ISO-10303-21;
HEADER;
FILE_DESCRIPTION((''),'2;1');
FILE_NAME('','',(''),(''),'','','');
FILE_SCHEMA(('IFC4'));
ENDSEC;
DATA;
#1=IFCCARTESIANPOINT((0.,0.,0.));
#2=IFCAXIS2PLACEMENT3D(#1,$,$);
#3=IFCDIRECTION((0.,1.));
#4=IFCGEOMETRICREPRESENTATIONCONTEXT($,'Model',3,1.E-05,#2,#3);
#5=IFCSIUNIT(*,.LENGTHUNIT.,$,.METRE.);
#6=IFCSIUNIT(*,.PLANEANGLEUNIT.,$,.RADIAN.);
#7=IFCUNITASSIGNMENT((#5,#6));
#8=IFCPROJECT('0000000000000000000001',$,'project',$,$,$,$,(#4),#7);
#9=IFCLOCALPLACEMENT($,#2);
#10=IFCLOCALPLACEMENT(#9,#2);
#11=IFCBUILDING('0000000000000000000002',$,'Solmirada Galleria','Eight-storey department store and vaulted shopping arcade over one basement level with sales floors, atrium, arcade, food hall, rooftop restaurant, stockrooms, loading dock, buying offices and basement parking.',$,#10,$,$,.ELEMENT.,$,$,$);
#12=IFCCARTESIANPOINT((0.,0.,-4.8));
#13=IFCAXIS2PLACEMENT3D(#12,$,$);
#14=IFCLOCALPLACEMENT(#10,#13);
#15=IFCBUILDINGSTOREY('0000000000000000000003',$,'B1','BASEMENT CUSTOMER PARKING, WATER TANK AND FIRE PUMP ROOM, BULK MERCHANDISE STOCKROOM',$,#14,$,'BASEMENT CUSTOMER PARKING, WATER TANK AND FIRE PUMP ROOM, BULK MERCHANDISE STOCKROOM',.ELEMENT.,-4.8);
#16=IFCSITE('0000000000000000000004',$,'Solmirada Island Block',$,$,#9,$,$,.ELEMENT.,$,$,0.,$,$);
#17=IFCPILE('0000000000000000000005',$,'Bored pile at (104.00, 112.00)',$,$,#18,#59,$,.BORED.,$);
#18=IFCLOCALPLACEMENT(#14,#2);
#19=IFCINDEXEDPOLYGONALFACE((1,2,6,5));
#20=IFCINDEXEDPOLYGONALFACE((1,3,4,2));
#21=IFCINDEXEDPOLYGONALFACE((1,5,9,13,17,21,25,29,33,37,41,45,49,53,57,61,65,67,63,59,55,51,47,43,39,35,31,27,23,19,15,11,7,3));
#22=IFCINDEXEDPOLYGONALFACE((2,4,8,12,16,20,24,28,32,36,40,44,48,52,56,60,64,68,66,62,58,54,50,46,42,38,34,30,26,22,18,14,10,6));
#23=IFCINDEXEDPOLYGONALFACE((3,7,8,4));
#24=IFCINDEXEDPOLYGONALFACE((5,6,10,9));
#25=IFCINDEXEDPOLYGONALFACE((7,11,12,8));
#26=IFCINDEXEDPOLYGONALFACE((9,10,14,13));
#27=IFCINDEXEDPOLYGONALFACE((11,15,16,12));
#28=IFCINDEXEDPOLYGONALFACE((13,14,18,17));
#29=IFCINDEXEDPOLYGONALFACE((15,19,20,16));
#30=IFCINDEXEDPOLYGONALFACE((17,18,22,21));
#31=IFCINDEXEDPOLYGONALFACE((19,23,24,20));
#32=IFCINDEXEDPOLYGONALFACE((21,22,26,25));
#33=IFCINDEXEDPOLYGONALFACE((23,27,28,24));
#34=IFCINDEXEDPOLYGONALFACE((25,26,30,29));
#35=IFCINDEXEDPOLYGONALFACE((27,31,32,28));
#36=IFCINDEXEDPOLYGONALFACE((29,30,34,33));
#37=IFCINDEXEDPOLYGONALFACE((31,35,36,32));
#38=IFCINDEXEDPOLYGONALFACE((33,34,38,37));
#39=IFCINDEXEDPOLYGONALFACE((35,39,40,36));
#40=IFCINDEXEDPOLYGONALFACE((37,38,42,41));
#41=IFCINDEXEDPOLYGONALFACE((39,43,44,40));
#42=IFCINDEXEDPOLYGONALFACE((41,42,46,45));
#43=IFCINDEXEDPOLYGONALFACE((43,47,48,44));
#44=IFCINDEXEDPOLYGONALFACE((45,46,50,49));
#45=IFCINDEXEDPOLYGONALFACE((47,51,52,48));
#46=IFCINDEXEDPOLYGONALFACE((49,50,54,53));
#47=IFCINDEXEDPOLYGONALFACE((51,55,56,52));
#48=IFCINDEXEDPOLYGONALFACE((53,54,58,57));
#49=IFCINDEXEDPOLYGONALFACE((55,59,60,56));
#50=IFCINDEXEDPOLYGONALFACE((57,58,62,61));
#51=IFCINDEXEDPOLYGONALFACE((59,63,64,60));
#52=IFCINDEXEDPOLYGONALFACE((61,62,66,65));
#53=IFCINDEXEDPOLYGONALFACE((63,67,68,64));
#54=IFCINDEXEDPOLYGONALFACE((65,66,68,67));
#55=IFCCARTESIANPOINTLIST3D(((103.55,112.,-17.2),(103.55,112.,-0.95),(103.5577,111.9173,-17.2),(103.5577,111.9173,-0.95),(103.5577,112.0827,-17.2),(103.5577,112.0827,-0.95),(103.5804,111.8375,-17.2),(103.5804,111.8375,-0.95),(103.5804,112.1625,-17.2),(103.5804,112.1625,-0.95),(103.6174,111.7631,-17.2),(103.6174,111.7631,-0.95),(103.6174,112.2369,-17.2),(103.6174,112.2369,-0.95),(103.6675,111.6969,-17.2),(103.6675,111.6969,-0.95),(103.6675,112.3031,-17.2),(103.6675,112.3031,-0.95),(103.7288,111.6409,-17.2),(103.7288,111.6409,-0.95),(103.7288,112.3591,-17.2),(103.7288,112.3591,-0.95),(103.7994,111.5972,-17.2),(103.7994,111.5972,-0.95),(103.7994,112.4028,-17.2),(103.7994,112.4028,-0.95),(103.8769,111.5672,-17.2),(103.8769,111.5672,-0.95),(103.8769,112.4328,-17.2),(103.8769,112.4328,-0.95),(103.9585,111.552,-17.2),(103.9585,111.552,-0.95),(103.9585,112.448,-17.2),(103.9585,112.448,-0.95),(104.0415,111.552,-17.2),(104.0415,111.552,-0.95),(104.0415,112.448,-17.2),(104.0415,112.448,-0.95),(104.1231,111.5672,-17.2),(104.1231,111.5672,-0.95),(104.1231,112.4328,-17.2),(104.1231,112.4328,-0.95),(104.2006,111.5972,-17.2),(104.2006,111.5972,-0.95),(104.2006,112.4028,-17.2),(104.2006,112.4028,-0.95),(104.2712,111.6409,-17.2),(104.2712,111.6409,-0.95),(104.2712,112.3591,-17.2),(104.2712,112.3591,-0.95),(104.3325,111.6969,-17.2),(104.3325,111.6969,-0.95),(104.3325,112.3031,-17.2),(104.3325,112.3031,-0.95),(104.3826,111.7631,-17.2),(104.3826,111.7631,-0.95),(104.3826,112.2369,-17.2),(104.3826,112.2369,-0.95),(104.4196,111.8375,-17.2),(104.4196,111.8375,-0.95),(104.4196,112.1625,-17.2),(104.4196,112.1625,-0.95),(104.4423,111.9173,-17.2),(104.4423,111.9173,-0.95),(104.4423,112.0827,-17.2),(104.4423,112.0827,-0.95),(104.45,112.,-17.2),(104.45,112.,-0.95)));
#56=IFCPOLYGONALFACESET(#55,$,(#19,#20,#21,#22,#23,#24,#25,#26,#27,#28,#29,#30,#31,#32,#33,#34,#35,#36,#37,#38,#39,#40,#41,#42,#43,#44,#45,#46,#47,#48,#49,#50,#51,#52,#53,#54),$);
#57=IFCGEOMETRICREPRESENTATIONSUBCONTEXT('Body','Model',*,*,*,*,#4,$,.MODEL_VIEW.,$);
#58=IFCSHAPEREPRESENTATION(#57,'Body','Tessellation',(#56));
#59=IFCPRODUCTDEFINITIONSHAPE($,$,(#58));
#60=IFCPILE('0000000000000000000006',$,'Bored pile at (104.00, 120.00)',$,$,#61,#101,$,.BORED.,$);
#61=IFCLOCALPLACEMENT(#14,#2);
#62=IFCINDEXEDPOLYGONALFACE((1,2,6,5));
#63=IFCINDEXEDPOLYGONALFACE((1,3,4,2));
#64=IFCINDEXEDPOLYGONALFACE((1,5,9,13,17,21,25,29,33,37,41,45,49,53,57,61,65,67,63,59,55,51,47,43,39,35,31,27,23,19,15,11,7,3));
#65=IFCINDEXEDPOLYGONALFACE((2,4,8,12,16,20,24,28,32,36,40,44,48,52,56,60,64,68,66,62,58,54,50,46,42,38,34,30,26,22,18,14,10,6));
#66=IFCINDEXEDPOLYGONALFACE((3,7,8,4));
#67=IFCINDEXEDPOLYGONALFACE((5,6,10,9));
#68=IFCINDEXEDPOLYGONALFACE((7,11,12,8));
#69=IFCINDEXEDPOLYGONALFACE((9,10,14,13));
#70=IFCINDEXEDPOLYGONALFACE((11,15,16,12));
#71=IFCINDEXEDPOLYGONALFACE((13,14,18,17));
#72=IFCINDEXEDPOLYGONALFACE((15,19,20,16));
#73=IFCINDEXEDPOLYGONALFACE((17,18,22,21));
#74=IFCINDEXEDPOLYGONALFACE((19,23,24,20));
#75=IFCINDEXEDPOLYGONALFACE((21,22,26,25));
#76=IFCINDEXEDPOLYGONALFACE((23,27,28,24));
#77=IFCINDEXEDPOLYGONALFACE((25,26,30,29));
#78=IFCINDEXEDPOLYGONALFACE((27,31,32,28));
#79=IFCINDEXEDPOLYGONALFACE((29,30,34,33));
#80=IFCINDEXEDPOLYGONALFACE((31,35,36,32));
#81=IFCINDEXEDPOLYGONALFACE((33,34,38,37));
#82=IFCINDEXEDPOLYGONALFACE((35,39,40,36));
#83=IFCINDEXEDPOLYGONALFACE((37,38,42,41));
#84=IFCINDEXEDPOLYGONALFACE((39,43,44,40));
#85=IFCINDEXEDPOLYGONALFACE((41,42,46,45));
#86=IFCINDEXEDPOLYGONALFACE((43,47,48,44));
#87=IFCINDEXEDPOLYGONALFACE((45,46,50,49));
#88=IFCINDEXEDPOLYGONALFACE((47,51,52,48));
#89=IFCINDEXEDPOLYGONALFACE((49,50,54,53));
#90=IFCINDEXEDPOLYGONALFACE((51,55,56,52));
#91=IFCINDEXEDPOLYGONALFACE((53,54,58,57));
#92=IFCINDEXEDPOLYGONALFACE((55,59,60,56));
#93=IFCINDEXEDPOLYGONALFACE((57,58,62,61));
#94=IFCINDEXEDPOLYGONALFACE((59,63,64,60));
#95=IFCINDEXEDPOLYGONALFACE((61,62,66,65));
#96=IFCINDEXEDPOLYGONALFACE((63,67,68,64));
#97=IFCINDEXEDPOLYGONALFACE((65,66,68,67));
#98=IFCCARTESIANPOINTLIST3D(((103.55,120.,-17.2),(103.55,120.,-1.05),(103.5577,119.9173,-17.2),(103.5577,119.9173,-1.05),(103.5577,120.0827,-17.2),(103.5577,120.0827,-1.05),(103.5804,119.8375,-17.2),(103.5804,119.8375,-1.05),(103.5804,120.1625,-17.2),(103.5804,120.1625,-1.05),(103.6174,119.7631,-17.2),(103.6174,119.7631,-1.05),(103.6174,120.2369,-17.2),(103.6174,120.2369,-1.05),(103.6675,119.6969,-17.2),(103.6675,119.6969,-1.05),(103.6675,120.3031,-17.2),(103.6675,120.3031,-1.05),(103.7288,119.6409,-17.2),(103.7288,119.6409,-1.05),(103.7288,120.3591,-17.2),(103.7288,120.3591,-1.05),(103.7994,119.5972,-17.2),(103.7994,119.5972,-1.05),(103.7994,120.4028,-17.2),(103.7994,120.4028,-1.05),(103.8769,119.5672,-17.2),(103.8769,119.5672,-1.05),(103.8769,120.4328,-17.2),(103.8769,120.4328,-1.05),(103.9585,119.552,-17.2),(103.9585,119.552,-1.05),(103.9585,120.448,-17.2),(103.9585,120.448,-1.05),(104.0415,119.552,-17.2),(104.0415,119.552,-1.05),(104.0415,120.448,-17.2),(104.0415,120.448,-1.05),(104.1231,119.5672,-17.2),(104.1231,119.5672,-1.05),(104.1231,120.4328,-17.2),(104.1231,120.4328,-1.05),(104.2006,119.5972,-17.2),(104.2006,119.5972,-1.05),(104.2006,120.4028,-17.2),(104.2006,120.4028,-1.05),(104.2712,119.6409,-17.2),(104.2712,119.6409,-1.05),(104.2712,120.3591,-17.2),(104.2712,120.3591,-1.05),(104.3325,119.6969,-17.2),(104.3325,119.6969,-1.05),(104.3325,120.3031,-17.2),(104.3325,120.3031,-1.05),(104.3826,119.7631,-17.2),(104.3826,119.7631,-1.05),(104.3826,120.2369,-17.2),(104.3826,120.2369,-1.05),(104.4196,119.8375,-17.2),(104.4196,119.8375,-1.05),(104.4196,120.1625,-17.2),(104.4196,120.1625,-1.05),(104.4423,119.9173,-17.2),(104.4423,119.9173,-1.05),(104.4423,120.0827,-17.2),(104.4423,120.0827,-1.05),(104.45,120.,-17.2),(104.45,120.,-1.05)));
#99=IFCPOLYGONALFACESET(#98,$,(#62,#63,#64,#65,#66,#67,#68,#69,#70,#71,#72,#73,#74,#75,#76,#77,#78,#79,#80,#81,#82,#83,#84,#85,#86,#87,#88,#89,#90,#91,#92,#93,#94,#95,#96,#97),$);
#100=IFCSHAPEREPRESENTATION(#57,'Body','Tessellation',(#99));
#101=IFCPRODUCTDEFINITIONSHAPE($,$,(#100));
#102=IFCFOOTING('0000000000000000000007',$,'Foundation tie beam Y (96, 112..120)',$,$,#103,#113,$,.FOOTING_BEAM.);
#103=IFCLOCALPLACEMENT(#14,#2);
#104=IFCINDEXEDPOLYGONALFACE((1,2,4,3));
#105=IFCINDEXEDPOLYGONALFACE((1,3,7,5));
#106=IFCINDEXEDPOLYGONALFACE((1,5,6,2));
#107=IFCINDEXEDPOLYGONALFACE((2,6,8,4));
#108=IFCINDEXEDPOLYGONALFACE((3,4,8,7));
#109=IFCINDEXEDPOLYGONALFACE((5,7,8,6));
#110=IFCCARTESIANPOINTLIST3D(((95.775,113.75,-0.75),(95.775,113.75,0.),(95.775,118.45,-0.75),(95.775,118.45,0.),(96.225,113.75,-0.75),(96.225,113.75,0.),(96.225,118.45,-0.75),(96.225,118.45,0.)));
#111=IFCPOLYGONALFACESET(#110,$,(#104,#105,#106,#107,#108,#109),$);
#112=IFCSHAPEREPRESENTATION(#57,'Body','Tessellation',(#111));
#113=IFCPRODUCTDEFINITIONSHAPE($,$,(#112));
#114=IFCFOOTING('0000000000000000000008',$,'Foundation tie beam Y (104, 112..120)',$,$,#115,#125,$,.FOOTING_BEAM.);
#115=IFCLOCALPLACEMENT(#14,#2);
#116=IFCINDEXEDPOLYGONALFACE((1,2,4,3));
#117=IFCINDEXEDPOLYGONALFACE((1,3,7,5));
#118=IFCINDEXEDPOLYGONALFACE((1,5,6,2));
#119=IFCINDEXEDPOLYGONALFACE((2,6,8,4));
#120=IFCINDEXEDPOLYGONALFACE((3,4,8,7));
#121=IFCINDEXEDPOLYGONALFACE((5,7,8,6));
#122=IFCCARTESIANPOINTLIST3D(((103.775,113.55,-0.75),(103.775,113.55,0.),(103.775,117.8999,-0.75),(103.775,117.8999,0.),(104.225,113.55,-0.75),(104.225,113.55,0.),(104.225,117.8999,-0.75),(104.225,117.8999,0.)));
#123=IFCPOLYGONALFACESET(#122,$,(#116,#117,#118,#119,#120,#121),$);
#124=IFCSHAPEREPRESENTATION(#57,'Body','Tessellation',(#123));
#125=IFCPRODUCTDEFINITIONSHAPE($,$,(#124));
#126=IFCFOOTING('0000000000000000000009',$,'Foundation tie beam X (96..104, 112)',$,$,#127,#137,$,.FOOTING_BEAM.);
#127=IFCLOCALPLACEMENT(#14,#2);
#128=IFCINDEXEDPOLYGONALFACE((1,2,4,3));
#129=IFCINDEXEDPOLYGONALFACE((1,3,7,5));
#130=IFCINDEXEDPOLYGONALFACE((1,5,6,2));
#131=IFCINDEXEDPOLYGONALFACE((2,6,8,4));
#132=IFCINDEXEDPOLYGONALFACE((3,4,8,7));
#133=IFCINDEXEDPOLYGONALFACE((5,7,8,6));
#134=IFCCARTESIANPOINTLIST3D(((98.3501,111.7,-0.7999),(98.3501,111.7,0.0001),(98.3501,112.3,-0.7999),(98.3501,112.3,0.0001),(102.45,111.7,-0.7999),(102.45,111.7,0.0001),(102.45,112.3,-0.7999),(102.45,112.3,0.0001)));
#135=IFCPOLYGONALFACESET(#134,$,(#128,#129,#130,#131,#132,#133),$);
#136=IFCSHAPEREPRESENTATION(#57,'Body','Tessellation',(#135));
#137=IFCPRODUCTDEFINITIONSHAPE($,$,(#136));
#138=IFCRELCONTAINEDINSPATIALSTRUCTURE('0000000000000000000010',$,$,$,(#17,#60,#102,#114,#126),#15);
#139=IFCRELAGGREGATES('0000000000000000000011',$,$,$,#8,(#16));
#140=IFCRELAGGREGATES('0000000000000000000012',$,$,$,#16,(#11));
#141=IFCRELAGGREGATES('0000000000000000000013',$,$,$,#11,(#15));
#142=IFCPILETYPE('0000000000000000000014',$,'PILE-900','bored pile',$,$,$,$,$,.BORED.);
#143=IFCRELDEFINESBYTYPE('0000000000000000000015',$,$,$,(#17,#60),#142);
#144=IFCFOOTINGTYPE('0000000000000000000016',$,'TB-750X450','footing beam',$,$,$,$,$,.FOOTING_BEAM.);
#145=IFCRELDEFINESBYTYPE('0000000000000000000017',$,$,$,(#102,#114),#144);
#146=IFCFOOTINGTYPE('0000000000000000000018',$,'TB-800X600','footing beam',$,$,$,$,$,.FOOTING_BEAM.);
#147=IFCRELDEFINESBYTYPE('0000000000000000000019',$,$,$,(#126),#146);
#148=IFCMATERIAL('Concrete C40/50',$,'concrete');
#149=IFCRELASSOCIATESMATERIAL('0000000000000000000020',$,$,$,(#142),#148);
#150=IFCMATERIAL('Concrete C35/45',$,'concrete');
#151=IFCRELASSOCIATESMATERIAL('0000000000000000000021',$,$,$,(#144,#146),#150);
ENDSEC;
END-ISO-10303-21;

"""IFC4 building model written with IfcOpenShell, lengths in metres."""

from ifc_helpers import new_model, si_unit, direction, frame, origin, origin_2d, place, context, subcontext, project, spatial, rectangle, circle, extrude, material, material_profile, profile_set, type_object, element, save


model = new_model("IFC4")

# Units and contexts
model_context = context("Model", 3, precision=1e-05, world=origin(), true_north=direction((0.0, 1.0)))
body_context = subcontext(model_context, "Body", "Model", "MODEL_VIEW")
ifc_project = project(units=[si_unit("LENGTHUNIT", "METRE"), si_unit("PLANEANGLEUNIT", "RADIAN")], contexts=[model_context])

# Site, building, storey
site_placement = place(None, origin())
site = spatial("IfcSite", under=ifc_project, at=site_placement, Name="Solmirada Island Block", CompositionType="ELEMENT", RefElevation=0.0)
building_placement = place(site_placement, origin())
building = spatial("IfcBuilding", under=site, at=building_placement, Name="Solmirada Galleria", Description="Eight-storey department store and vaulted shopping arcade over one basement level with sales floors, atrium, arcade, food hall, rooftop restaurant, stockrooms, loading dock, buying offices and basement parking.", CompositionType="ELEMENT")
storey_placement = place(building_placement, frame((0.0, 0.0, -4.8)))
storey = spatial("IfcBuildingStorey", under=building, at=storey_placement, Name="B1", Description="BASEMENT CUSTOMER PARKING, WATER TANK AND FIRE PUMP ROOM, BULK MERCHANDISE STOCKROOM", LongName="BASEMENT CUSTOMER PARKING, WATER TANK AND FIRE PUMP ROOM, BULK MERCHANDISE STOCKROOM", CompositionType="ELEMENT", Elevation=-4.8)

# Shared definitions
ifc_material_1 = material(Name="Concrete C35/45", Category="concrete")

# Piles
ifc_material_2 = material(Name="Concrete C40/50", Category="concrete")
ifc_material_profile_1 = material_profile(ifc_material_2, circle(Radius=0.45, at=origin_2d()), Name="PILE900")
ifc_profile_set_1 = profile_set([ifc_material_profile_1], Name="Concrete C40/50")
pile_type = type_object("IfcPileType", Name="PILE-900", Description="bored pile", PredefinedType="BORED", material=ifc_profile_set_1)
for number, where, z_axis, x_axis, name in (
    (1, (104.0, 112.0, -0.95), (0.0, 0.0, -1.0), (1.0, 0.0, 0.0), "Bored pile at (104.00, 112.00)"),
):
    element("IfcPile", number, at=place(storey_placement, frame(where, z_axis=z_axis, x_axis=x_axis)), inside=storey, type_object=pile_type, Name=name, PredefinedType="BORED", context=body_context, shape_type="SweptSolid", body=[
        extrude(circle(Radius=0.45, at=origin_2d()), origin(), (0.0, 0.0, 1.0), 16.25),
    ])
pile_1_placement = place(storey_placement, frame((104.0, 120.0, -1.05), z_axis=(0.0, 0.0, -1.0), x_axis=(1.0, 0.0, 0.0)))
element("IfcPile", 2, at=pile_1_placement, inside=storey, type_object=pile_type, Name="Bored pile at (104.00, 120.00)", PredefinedType="BORED", context=body_context, shape_type="SweptSolid", body=[
    extrude(circle(Radius=0.45, at=origin_2d()), origin(), (0.0, 0.0, 1.0), 16.1499),
])

# Footings
ifc_material_profile_2 = material_profile(ifc_material_1, rectangle(XDim=0.45, YDim=0.75, at=origin_2d()), Name="RC750X450")
ifc_profile_set_2 = profile_set([ifc_material_profile_2], Name="Concrete C35/45")
footing_type_1 = type_object("IfcFootingType", Name="TB-750X450", Description="footing beam", PredefinedType="FOOTING_BEAM", material=ifc_profile_set_2)
footing_1_placement = place(storey_placement, frame((96.0, 113.75, -0.375), z_axis=(0.0, 1.0, 0.0), x_axis=(-1.0, 0.0, 0.0)))
element("IfcFooting", 3, at=footing_1_placement, inside=storey, type_object=footing_type_1, Name="Foundation tie beam Y (96, 112..120)", PredefinedType="FOOTING_BEAM", context=body_context, shape_type="SweptSolid", body=[
    extrude(rectangle(XDim=0.45, YDim=0.75, at=origin_2d()), origin(), (0.0, 0.0, 1.0), 4.7),
])
footing_2_placement = place(storey_placement, frame((104.0, 113.55, -0.375), z_axis=(0.0, 1.0, 0.0), x_axis=(-1.0, 0.0, 0.0)))
element("IfcFooting", 4, at=footing_2_placement, inside=storey, type_object=footing_type_1, Name="Foundation tie beam Y (104, 112..120)", PredefinedType="FOOTING_BEAM", context=body_context, shape_type="SweptSolid", body=[
    extrude(rectangle(XDim=0.45, YDim=0.75, at=origin_2d()), origin(), (0.0, 0.0, 1.0), 4.3499),
])
ifc_material_profile_3 = material_profile(ifc_material_1, rectangle(XDim=0.6001, YDim=0.8, at=origin_2d()), Name="RC800X600")
ifc_profile_set_3 = profile_set([ifc_material_profile_3], Name="Concrete C35/45")
footing_type_2 = type_object("IfcFootingType", Name="TB-800X600", Description="footing beam", PredefinedType="FOOTING_BEAM", material=ifc_profile_set_3)
footing_3_placement = place(storey_placement, frame((98.3501, 112.0, -0.3999), z_axis=(1.0, 0.0, 0.0), x_axis=(0.0, 1.0, 0.0)))
element("IfcFooting", 5, at=footing_3_placement, inside=storey, type_object=footing_type_2, Name="Foundation tie beam X (96..104, 112)", PredefinedType="FOOTING_BEAM", context=body_context, shape_type="SweptSolid", body=[
    extrude(rectangle(XDim=0.6001, YDim=0.8, at=origin_2d()), origin(), (0.0, 0.0, 1.0), 4.0999),
])

save(model, "model.ifc")
